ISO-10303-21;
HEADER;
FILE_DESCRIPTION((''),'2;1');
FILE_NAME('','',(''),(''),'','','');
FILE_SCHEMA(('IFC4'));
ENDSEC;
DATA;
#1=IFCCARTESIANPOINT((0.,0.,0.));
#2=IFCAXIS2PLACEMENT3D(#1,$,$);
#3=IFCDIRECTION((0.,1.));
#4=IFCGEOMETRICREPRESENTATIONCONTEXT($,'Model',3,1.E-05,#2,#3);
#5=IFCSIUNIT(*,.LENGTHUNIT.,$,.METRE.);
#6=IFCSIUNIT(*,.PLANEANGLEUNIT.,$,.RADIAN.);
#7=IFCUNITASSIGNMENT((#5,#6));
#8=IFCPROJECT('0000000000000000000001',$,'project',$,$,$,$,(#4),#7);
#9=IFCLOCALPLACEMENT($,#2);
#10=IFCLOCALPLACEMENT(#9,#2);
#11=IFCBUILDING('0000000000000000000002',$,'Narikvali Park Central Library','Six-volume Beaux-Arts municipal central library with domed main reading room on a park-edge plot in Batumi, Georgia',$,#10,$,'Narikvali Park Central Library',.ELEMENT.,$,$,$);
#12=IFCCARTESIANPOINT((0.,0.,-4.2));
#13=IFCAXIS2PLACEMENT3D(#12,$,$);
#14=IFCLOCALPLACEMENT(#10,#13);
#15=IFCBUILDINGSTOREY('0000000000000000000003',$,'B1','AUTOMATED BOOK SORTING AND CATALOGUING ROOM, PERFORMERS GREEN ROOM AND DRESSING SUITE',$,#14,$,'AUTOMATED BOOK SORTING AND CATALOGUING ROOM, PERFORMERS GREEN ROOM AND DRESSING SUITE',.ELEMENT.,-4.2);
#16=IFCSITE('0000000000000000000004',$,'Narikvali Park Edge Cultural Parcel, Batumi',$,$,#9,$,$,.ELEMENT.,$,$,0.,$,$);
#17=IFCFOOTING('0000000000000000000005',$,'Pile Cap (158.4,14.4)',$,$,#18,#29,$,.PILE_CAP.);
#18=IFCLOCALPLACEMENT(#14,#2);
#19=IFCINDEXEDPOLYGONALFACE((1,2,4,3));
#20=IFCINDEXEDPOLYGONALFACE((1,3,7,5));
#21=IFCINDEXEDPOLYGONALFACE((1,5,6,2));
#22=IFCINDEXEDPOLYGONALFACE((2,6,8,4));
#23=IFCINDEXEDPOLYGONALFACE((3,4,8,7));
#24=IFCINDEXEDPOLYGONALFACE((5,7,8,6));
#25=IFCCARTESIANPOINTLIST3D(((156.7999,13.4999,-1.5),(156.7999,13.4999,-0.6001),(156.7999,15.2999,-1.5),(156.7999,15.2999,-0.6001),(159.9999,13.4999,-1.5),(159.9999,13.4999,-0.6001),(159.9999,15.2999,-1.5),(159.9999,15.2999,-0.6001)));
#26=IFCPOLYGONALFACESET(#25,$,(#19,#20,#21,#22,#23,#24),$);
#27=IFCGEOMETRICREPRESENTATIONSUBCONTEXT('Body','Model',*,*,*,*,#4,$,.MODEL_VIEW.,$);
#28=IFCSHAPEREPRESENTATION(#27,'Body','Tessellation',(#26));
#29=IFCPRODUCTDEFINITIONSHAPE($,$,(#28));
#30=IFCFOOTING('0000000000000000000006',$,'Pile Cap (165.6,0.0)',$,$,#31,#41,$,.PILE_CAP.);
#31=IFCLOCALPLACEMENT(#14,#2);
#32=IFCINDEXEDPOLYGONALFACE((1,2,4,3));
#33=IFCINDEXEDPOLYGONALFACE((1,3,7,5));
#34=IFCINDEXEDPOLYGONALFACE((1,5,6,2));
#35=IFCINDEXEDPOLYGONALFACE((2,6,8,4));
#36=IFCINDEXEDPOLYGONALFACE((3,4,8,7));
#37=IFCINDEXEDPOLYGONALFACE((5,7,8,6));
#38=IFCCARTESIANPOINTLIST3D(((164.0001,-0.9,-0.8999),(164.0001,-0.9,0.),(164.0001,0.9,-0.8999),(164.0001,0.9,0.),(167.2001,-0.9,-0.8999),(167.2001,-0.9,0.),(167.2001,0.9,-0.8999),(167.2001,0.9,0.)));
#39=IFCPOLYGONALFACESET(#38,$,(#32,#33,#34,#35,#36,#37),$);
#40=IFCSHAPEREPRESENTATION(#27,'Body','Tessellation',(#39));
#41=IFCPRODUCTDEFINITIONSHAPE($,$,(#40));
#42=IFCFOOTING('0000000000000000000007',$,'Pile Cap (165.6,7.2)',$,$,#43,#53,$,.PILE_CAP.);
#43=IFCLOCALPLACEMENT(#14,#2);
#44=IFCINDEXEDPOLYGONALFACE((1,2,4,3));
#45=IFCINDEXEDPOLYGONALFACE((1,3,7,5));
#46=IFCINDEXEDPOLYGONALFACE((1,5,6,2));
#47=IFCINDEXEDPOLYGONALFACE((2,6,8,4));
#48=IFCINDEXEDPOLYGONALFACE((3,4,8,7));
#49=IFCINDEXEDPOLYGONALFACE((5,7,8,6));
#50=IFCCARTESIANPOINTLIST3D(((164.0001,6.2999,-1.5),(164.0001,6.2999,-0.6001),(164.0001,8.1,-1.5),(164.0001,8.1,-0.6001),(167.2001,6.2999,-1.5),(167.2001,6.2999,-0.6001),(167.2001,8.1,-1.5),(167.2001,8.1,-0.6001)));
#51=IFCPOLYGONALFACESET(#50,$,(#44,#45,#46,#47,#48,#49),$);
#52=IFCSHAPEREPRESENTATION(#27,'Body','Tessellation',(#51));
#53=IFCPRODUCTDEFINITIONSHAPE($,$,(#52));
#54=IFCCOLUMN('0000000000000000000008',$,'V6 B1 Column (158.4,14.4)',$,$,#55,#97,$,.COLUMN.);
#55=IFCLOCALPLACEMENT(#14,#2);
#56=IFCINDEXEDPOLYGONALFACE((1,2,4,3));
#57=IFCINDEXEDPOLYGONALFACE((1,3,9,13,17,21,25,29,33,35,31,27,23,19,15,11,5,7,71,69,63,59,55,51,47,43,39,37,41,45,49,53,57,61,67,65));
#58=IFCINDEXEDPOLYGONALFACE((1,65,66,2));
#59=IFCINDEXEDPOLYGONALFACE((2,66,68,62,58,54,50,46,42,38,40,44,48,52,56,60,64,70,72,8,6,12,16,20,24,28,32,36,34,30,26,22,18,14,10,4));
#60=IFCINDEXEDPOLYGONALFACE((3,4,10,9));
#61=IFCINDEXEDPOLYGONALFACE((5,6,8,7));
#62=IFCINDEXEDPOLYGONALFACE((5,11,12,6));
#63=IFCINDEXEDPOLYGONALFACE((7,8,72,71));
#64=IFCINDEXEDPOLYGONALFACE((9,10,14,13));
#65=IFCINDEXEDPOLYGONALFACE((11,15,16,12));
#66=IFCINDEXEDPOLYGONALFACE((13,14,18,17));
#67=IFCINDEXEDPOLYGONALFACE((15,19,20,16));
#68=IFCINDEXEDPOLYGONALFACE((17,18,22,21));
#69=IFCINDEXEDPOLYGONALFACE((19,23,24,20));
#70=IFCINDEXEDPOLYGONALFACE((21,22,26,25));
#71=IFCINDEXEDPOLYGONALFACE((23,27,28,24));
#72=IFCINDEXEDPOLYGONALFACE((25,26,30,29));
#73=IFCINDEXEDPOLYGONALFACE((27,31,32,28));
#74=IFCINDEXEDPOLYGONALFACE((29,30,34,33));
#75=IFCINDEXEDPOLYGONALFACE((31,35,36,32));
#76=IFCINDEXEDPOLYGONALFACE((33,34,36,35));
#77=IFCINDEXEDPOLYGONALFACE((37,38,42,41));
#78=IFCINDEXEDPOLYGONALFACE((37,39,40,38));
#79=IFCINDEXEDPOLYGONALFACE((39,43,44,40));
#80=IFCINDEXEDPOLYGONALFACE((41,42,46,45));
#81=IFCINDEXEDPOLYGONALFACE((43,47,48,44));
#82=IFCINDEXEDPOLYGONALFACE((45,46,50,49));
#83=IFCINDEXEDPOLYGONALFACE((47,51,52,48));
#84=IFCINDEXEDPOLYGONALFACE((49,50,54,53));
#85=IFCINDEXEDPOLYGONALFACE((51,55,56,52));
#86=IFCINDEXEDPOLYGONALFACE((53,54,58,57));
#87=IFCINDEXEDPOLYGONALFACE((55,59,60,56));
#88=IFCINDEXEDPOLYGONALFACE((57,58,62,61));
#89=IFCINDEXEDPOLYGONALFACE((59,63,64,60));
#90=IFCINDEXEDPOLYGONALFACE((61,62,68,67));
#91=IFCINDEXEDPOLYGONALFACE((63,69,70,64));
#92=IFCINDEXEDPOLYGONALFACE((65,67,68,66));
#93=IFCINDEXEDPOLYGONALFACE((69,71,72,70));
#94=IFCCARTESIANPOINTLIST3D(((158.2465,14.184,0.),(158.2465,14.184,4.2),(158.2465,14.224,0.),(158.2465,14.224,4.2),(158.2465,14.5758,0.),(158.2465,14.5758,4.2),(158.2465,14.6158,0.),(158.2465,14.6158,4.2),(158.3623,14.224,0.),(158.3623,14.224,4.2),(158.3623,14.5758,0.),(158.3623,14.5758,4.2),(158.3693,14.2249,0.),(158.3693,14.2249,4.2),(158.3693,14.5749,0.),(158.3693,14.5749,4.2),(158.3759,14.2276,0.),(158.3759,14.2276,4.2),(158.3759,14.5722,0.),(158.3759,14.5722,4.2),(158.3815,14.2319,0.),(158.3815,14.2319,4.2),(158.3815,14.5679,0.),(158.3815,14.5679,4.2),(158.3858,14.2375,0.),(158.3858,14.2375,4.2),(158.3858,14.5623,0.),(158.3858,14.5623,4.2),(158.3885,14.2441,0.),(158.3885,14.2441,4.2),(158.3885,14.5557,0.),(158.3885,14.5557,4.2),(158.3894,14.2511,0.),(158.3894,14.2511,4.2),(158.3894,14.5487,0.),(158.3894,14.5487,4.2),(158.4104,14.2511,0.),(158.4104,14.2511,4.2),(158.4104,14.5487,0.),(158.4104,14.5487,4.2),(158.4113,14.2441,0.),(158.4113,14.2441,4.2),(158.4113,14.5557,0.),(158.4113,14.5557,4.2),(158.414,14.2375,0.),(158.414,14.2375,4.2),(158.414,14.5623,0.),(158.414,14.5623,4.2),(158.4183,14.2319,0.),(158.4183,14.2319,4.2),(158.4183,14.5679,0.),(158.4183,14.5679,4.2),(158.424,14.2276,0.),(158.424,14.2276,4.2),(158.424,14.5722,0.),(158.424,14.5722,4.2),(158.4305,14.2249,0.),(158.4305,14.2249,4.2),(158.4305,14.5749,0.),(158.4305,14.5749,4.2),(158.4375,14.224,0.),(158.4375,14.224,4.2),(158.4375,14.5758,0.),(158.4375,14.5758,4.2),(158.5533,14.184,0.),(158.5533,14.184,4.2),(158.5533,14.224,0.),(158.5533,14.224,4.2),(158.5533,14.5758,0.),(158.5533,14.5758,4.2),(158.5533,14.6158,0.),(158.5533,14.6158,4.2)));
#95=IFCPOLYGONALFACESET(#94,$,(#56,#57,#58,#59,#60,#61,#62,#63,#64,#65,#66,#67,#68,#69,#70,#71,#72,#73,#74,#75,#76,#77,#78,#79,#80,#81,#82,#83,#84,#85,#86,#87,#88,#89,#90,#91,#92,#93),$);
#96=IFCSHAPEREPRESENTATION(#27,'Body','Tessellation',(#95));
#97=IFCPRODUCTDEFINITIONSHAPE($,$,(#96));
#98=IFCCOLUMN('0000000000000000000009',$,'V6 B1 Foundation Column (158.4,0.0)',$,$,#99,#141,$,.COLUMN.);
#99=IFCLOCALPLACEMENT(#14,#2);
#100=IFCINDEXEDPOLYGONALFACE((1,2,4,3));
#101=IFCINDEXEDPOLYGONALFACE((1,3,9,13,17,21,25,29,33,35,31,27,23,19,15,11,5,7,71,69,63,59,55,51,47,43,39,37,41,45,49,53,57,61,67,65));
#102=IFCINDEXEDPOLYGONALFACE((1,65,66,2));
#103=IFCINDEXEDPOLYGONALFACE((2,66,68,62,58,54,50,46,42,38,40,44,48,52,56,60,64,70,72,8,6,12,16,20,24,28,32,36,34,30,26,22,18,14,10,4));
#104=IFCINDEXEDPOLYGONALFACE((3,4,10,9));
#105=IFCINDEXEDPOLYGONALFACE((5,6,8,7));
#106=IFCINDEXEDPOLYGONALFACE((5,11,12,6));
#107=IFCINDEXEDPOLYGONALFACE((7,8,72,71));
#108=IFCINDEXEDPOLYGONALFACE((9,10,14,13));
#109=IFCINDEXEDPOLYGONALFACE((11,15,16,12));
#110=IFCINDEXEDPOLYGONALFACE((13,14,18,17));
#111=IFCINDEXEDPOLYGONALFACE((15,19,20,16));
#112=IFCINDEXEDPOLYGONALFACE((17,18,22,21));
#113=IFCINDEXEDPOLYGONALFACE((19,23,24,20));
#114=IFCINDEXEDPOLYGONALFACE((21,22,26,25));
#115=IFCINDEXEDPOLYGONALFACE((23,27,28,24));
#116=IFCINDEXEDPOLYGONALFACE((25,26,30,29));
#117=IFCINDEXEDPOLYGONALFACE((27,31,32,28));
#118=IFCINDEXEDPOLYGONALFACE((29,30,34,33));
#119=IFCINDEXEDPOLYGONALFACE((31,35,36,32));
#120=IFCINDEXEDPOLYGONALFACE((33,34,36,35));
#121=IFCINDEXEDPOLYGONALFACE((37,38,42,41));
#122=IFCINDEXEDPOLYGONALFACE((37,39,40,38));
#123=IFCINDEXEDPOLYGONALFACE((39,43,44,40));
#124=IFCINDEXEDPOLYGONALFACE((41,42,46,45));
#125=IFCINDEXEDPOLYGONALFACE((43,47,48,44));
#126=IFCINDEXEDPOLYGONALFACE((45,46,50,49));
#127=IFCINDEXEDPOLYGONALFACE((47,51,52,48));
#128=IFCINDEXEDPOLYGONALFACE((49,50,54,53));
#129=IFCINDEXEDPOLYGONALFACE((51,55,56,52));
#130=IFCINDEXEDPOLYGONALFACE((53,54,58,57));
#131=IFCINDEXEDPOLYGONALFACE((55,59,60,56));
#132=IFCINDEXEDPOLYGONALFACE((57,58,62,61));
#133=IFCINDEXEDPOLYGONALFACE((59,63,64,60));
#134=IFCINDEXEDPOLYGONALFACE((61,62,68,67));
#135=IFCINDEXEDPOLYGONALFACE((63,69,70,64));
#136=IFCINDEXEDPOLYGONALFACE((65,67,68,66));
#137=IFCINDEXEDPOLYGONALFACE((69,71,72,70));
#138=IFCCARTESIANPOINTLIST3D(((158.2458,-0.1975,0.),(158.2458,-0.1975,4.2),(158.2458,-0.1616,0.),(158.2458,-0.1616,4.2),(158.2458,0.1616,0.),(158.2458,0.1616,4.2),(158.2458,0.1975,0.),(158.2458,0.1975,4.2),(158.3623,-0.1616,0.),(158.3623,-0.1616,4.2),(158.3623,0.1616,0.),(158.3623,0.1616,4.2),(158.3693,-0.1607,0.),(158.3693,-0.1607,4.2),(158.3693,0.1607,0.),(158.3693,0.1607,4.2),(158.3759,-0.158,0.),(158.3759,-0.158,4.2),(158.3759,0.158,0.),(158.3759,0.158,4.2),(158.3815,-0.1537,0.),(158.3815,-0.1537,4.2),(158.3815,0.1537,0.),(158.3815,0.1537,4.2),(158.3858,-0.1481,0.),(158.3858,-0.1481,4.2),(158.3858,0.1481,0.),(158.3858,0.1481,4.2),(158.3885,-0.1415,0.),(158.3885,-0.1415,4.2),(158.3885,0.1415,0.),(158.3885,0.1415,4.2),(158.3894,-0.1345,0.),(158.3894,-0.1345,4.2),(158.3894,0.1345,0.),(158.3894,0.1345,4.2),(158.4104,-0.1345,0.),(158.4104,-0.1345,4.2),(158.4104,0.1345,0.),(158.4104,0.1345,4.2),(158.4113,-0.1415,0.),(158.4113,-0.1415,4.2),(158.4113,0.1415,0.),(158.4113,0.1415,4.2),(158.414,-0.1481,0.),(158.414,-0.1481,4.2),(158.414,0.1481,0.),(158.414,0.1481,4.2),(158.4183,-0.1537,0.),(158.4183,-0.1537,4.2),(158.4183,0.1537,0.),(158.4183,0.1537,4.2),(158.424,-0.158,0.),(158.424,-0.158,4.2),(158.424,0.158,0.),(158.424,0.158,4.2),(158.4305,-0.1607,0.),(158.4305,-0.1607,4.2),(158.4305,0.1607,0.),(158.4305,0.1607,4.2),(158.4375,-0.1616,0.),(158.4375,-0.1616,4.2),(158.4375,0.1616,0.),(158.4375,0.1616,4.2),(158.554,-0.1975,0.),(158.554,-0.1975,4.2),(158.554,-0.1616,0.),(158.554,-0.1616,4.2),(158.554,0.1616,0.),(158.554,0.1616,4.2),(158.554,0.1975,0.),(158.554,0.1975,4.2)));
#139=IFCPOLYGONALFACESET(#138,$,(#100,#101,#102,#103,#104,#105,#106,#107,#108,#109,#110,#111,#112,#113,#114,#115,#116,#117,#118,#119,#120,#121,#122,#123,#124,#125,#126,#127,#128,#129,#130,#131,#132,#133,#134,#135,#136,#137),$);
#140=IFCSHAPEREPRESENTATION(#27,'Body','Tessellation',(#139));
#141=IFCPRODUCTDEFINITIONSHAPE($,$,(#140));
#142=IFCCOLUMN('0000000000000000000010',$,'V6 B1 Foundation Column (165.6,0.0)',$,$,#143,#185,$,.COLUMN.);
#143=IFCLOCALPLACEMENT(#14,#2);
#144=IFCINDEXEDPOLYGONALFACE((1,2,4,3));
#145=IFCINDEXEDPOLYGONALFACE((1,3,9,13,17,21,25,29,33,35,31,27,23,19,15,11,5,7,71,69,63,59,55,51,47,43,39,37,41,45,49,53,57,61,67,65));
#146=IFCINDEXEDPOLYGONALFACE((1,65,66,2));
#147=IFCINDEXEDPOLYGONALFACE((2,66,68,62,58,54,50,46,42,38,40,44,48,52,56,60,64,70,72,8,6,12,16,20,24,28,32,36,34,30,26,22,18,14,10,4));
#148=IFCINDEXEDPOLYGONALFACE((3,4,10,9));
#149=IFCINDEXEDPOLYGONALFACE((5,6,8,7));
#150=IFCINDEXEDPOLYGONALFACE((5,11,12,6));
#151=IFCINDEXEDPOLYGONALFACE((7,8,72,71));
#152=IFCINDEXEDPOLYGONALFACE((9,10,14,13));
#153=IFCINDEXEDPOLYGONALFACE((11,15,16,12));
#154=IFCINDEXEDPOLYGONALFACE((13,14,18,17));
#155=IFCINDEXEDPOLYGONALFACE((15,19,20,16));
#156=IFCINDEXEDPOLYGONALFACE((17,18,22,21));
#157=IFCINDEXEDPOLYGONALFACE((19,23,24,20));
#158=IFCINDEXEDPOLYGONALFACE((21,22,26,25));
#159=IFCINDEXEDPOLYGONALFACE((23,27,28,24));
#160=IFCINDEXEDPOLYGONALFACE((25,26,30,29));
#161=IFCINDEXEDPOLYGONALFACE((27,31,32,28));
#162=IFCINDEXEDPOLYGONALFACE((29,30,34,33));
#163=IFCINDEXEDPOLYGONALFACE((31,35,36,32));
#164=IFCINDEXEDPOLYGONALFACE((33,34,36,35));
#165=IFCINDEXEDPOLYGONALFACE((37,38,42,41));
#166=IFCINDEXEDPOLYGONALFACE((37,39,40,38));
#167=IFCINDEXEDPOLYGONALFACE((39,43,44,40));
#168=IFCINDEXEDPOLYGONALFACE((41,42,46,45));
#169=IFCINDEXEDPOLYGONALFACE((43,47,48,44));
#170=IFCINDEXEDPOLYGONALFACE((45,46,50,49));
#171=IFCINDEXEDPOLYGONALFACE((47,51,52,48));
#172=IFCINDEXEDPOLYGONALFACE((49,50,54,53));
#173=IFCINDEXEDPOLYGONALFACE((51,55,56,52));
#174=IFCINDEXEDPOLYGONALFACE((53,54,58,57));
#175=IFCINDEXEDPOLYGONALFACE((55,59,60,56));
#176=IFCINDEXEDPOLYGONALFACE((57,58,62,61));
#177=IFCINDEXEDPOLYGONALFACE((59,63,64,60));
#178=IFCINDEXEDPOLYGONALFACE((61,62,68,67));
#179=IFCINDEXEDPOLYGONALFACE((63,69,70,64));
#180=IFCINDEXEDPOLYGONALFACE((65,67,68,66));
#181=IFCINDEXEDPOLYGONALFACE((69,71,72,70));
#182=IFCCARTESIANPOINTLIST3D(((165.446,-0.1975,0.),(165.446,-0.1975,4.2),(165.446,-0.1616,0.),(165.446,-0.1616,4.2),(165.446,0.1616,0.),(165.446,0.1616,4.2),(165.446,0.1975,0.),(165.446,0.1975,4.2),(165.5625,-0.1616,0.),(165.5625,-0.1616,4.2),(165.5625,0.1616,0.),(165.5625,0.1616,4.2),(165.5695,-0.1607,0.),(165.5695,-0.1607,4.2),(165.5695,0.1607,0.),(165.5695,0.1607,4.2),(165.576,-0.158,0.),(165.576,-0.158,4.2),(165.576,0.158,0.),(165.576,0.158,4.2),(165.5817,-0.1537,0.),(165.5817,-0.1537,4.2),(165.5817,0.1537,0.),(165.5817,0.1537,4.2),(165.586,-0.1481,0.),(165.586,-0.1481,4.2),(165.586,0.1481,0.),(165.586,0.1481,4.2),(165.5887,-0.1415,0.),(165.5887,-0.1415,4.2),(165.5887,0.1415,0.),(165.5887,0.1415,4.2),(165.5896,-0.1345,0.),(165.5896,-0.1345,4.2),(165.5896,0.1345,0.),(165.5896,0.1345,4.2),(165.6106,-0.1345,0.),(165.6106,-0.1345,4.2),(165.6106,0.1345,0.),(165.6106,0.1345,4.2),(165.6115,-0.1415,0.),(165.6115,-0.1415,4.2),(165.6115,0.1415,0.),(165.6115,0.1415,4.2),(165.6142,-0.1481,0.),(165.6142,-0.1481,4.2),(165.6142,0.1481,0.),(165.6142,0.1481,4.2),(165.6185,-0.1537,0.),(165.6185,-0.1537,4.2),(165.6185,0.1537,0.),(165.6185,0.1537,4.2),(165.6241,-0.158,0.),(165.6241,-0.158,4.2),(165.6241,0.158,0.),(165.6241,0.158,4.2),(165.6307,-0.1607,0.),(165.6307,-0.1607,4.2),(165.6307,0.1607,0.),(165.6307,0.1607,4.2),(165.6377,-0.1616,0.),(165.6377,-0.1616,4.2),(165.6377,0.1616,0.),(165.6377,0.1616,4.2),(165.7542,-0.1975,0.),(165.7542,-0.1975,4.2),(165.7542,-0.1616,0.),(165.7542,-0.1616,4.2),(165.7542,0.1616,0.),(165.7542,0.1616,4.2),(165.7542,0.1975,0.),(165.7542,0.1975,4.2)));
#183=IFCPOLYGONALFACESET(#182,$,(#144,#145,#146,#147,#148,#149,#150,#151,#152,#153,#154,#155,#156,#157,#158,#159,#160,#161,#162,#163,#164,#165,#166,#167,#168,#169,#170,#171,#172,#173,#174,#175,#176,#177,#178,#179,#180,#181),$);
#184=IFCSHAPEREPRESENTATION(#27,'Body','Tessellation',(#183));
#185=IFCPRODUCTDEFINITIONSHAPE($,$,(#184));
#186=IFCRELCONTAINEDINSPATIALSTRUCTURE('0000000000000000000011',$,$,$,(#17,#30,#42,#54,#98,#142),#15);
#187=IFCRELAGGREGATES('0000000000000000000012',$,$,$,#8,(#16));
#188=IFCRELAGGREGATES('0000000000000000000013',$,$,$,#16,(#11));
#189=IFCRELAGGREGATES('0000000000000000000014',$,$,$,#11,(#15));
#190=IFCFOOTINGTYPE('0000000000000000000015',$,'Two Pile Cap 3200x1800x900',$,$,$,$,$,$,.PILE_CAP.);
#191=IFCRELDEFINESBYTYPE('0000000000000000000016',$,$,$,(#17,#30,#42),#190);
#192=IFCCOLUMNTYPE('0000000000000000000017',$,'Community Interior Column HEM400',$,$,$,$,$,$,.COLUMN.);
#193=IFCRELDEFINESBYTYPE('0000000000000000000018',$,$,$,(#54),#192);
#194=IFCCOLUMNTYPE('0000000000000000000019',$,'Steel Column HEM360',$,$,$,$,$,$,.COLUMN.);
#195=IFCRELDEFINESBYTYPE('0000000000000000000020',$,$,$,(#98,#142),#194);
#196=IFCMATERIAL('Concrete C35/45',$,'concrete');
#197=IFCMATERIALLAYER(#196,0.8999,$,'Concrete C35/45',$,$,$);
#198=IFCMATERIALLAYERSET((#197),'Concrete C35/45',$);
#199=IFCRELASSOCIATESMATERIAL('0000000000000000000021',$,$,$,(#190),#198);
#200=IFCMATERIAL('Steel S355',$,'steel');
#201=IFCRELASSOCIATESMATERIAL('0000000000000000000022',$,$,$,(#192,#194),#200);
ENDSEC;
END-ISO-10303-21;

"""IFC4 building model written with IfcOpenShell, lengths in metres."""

from ifc_helpers import new_model, si_unit, direction, frame, origin, origin_2d, place, context, subcontext, project, spatial, rectangle, i_section, extrude, material, layer, layer_set, material_profile, profile_set, type_object, element, save


model = new_model("IFC4")

# Units and contexts
model_context = context("Model", 3, precision=1e-05, world=origin(), true_north=direction((0.0, 1.0)))
body_context = subcontext(model_context, "Body", "Model", "MODEL_VIEW")
ifc_project = project(units=[si_unit("LENGTHUNIT", "METRE"), si_unit("PLANEANGLEUNIT", "RADIAN")], contexts=[model_context])

# Site, building, storey
site_placement = place(None, origin())
site = spatial("IfcSite", under=ifc_project, at=site_placement, Name="Narikvali Park Edge Cultural Parcel, Batumi", CompositionType="ELEMENT", RefElevation=0.0)
building_placement = place(site_placement, origin())
building = spatial("IfcBuilding", under=site, at=building_placement, Name="Narikvali Park Central Library", Description="Six-volume Beaux-Arts municipal central library with domed main reading room on a park-edge plot in Batumi, Georgia", LongName="Narikvali Park Central Library", CompositionType="ELEMENT")
storey_placement = place(building_placement, frame((0.0, 0.0, -4.2)))
storey = spatial("IfcBuildingStorey", under=building, at=storey_placement, Name="B1", Description="AUTOMATED BOOK SORTING AND CATALOGUING ROOM, PERFORMERS GREEN ROOM AND DRESSING SUITE", LongName="AUTOMATED BOOK SORTING AND CATALOGUING ROOM, PERFORMERS GREEN ROOM AND DRESSING SUITE", CompositionType="ELEMENT", Elevation=-4.2)

# Shared definitions
ifc_material_1 = material(Name="Concrete C35/45", Category="concrete")

# Footings
ifc_layer_1 = layer(ifc_material_1, 0.8999, Name="Concrete C35/45")
ifc_layer_set_1 = layer_set([ifc_layer_1], Name="Concrete C35/45")
footing_type_1 = type_object("IfcFootingType", Name="Two Pile Cap 3200x1800x900", PredefinedType="PILE_CAP", material=ifc_layer_set_1)
for number, where, z_axis, x_axis, name in (
    (1, (158.3999, 14.3999, -1.5), (0.0, 0.0, 1.0), (1.0, 0.0, 0.0), "Pile Cap (158.4,14.4)"),
    (2, (165.6001, 0.0, -0.8999), (0.0, 0.0, 1.0), (1.0, 0.0, 0.0), "Pile Cap (165.6,0.0)"),
    (3, (165.6001, 7.2, -1.5), (0.0, 0.0, 1.0), (1.0, 0.0, 0.0), "Pile Cap (165.6,7.2)"),
):
    element("IfcFooting", number, at=place(storey_placement, frame(where, z_axis=z_axis, x_axis=x_axis)), inside=storey, type_object=footing_type_1, Name=name, PredefinedType="PILE_CAP", context=body_context, shape_type="SweptSolid", body=[
        extrude(rectangle(XDim=3.2, YDim=1.8, at=origin_2d()), origin(), (0.0, 0.0, 1.0), 0.8999),
    ])

# Columns
ifc_material_2 = material(Name="Steel S355", Category="steel")
ifc_material_profile_1 = material_profile(ifc_material_2, i_section(OverallWidth=0.3069, OverallDepth=0.4319, WebThickness=0.021, FlangeThickness=0.04, FilletRadius=0.0271, at=origin_2d()), Name="HEM 400")
ifc_profile_set_1 = profile_set([ifc_material_profile_1], Name="Steel S355")
column_type_1 = type_object("IfcColumnType", Name="Community Interior Column HEM400", PredefinedType="COLUMN", material=ifc_profile_set_1)
column_placement = place(storey_placement, frame((158.3999, 14.3999, 0.0), z_axis=(0.0, 0.0, 1.0), x_axis=(1.0, 0.0, 0.0)))
element("IfcColumn", 4, at=column_placement, inside=storey, type_object=column_type_1, Name="V6 B1 Column (158.4,14.4)", PredefinedType="COLUMN", context=body_context, shape_type="SweptSolid", body=[
    extrude(i_section(OverallWidth=0.3069, OverallDepth=0.4319, WebThickness=0.021, FlangeThickness=0.04, FilletRadius=0.0271, at=origin_2d()), origin(), (0.0, 0.0, 1.0), 4.2),
])
ifc_material_profile_2 = material_profile(ifc_material_2, i_section(OverallWidth=0.3081, OverallDepth=0.395, WebThickness=0.021, FlangeThickness=0.0359, FilletRadius=0.0271, at=origin_2d()), Name="HEM 360")
ifc_profile_set_2 = profile_set([ifc_material_profile_2], Name="Steel S355")
column_type_2 = type_object("IfcColumnType", Name="Steel Column HEM360", PredefinedType="COLUMN", material=ifc_profile_set_2)
for number, where, z_axis, x_axis, name in (
    (5, (158.3999, 0.0, 0.0), (0.0, 0.0, 1.0), (1.0, 0.0, 0.0), "V6 B1 Foundation Column (158.4,0.0)"),
    (6, (165.6001, 0.0, 0.0), (0.0, 0.0, 1.0), (1.0, 0.0, 0.0), "V6 B1 Foundation Column (165.6,0.0)"),
):
    element("IfcColumn", number, at=place(storey_placement, frame(where, z_axis=z_axis, x_axis=x_axis)), inside=storey, type_object=column_type_2, Name=name, PredefinedType="COLUMN", context=body_context, shape_type="SweptSolid", body=[
        extrude(i_section(OverallWidth=0.3081, OverallDepth=0.395, WebThickness=0.021, FlangeThickness=0.0359, FilletRadius=0.0271, at=origin_2d()), origin(), (0.0, 0.0, 1.0), 4.2),
    ])

save(model, "model.ifc")
